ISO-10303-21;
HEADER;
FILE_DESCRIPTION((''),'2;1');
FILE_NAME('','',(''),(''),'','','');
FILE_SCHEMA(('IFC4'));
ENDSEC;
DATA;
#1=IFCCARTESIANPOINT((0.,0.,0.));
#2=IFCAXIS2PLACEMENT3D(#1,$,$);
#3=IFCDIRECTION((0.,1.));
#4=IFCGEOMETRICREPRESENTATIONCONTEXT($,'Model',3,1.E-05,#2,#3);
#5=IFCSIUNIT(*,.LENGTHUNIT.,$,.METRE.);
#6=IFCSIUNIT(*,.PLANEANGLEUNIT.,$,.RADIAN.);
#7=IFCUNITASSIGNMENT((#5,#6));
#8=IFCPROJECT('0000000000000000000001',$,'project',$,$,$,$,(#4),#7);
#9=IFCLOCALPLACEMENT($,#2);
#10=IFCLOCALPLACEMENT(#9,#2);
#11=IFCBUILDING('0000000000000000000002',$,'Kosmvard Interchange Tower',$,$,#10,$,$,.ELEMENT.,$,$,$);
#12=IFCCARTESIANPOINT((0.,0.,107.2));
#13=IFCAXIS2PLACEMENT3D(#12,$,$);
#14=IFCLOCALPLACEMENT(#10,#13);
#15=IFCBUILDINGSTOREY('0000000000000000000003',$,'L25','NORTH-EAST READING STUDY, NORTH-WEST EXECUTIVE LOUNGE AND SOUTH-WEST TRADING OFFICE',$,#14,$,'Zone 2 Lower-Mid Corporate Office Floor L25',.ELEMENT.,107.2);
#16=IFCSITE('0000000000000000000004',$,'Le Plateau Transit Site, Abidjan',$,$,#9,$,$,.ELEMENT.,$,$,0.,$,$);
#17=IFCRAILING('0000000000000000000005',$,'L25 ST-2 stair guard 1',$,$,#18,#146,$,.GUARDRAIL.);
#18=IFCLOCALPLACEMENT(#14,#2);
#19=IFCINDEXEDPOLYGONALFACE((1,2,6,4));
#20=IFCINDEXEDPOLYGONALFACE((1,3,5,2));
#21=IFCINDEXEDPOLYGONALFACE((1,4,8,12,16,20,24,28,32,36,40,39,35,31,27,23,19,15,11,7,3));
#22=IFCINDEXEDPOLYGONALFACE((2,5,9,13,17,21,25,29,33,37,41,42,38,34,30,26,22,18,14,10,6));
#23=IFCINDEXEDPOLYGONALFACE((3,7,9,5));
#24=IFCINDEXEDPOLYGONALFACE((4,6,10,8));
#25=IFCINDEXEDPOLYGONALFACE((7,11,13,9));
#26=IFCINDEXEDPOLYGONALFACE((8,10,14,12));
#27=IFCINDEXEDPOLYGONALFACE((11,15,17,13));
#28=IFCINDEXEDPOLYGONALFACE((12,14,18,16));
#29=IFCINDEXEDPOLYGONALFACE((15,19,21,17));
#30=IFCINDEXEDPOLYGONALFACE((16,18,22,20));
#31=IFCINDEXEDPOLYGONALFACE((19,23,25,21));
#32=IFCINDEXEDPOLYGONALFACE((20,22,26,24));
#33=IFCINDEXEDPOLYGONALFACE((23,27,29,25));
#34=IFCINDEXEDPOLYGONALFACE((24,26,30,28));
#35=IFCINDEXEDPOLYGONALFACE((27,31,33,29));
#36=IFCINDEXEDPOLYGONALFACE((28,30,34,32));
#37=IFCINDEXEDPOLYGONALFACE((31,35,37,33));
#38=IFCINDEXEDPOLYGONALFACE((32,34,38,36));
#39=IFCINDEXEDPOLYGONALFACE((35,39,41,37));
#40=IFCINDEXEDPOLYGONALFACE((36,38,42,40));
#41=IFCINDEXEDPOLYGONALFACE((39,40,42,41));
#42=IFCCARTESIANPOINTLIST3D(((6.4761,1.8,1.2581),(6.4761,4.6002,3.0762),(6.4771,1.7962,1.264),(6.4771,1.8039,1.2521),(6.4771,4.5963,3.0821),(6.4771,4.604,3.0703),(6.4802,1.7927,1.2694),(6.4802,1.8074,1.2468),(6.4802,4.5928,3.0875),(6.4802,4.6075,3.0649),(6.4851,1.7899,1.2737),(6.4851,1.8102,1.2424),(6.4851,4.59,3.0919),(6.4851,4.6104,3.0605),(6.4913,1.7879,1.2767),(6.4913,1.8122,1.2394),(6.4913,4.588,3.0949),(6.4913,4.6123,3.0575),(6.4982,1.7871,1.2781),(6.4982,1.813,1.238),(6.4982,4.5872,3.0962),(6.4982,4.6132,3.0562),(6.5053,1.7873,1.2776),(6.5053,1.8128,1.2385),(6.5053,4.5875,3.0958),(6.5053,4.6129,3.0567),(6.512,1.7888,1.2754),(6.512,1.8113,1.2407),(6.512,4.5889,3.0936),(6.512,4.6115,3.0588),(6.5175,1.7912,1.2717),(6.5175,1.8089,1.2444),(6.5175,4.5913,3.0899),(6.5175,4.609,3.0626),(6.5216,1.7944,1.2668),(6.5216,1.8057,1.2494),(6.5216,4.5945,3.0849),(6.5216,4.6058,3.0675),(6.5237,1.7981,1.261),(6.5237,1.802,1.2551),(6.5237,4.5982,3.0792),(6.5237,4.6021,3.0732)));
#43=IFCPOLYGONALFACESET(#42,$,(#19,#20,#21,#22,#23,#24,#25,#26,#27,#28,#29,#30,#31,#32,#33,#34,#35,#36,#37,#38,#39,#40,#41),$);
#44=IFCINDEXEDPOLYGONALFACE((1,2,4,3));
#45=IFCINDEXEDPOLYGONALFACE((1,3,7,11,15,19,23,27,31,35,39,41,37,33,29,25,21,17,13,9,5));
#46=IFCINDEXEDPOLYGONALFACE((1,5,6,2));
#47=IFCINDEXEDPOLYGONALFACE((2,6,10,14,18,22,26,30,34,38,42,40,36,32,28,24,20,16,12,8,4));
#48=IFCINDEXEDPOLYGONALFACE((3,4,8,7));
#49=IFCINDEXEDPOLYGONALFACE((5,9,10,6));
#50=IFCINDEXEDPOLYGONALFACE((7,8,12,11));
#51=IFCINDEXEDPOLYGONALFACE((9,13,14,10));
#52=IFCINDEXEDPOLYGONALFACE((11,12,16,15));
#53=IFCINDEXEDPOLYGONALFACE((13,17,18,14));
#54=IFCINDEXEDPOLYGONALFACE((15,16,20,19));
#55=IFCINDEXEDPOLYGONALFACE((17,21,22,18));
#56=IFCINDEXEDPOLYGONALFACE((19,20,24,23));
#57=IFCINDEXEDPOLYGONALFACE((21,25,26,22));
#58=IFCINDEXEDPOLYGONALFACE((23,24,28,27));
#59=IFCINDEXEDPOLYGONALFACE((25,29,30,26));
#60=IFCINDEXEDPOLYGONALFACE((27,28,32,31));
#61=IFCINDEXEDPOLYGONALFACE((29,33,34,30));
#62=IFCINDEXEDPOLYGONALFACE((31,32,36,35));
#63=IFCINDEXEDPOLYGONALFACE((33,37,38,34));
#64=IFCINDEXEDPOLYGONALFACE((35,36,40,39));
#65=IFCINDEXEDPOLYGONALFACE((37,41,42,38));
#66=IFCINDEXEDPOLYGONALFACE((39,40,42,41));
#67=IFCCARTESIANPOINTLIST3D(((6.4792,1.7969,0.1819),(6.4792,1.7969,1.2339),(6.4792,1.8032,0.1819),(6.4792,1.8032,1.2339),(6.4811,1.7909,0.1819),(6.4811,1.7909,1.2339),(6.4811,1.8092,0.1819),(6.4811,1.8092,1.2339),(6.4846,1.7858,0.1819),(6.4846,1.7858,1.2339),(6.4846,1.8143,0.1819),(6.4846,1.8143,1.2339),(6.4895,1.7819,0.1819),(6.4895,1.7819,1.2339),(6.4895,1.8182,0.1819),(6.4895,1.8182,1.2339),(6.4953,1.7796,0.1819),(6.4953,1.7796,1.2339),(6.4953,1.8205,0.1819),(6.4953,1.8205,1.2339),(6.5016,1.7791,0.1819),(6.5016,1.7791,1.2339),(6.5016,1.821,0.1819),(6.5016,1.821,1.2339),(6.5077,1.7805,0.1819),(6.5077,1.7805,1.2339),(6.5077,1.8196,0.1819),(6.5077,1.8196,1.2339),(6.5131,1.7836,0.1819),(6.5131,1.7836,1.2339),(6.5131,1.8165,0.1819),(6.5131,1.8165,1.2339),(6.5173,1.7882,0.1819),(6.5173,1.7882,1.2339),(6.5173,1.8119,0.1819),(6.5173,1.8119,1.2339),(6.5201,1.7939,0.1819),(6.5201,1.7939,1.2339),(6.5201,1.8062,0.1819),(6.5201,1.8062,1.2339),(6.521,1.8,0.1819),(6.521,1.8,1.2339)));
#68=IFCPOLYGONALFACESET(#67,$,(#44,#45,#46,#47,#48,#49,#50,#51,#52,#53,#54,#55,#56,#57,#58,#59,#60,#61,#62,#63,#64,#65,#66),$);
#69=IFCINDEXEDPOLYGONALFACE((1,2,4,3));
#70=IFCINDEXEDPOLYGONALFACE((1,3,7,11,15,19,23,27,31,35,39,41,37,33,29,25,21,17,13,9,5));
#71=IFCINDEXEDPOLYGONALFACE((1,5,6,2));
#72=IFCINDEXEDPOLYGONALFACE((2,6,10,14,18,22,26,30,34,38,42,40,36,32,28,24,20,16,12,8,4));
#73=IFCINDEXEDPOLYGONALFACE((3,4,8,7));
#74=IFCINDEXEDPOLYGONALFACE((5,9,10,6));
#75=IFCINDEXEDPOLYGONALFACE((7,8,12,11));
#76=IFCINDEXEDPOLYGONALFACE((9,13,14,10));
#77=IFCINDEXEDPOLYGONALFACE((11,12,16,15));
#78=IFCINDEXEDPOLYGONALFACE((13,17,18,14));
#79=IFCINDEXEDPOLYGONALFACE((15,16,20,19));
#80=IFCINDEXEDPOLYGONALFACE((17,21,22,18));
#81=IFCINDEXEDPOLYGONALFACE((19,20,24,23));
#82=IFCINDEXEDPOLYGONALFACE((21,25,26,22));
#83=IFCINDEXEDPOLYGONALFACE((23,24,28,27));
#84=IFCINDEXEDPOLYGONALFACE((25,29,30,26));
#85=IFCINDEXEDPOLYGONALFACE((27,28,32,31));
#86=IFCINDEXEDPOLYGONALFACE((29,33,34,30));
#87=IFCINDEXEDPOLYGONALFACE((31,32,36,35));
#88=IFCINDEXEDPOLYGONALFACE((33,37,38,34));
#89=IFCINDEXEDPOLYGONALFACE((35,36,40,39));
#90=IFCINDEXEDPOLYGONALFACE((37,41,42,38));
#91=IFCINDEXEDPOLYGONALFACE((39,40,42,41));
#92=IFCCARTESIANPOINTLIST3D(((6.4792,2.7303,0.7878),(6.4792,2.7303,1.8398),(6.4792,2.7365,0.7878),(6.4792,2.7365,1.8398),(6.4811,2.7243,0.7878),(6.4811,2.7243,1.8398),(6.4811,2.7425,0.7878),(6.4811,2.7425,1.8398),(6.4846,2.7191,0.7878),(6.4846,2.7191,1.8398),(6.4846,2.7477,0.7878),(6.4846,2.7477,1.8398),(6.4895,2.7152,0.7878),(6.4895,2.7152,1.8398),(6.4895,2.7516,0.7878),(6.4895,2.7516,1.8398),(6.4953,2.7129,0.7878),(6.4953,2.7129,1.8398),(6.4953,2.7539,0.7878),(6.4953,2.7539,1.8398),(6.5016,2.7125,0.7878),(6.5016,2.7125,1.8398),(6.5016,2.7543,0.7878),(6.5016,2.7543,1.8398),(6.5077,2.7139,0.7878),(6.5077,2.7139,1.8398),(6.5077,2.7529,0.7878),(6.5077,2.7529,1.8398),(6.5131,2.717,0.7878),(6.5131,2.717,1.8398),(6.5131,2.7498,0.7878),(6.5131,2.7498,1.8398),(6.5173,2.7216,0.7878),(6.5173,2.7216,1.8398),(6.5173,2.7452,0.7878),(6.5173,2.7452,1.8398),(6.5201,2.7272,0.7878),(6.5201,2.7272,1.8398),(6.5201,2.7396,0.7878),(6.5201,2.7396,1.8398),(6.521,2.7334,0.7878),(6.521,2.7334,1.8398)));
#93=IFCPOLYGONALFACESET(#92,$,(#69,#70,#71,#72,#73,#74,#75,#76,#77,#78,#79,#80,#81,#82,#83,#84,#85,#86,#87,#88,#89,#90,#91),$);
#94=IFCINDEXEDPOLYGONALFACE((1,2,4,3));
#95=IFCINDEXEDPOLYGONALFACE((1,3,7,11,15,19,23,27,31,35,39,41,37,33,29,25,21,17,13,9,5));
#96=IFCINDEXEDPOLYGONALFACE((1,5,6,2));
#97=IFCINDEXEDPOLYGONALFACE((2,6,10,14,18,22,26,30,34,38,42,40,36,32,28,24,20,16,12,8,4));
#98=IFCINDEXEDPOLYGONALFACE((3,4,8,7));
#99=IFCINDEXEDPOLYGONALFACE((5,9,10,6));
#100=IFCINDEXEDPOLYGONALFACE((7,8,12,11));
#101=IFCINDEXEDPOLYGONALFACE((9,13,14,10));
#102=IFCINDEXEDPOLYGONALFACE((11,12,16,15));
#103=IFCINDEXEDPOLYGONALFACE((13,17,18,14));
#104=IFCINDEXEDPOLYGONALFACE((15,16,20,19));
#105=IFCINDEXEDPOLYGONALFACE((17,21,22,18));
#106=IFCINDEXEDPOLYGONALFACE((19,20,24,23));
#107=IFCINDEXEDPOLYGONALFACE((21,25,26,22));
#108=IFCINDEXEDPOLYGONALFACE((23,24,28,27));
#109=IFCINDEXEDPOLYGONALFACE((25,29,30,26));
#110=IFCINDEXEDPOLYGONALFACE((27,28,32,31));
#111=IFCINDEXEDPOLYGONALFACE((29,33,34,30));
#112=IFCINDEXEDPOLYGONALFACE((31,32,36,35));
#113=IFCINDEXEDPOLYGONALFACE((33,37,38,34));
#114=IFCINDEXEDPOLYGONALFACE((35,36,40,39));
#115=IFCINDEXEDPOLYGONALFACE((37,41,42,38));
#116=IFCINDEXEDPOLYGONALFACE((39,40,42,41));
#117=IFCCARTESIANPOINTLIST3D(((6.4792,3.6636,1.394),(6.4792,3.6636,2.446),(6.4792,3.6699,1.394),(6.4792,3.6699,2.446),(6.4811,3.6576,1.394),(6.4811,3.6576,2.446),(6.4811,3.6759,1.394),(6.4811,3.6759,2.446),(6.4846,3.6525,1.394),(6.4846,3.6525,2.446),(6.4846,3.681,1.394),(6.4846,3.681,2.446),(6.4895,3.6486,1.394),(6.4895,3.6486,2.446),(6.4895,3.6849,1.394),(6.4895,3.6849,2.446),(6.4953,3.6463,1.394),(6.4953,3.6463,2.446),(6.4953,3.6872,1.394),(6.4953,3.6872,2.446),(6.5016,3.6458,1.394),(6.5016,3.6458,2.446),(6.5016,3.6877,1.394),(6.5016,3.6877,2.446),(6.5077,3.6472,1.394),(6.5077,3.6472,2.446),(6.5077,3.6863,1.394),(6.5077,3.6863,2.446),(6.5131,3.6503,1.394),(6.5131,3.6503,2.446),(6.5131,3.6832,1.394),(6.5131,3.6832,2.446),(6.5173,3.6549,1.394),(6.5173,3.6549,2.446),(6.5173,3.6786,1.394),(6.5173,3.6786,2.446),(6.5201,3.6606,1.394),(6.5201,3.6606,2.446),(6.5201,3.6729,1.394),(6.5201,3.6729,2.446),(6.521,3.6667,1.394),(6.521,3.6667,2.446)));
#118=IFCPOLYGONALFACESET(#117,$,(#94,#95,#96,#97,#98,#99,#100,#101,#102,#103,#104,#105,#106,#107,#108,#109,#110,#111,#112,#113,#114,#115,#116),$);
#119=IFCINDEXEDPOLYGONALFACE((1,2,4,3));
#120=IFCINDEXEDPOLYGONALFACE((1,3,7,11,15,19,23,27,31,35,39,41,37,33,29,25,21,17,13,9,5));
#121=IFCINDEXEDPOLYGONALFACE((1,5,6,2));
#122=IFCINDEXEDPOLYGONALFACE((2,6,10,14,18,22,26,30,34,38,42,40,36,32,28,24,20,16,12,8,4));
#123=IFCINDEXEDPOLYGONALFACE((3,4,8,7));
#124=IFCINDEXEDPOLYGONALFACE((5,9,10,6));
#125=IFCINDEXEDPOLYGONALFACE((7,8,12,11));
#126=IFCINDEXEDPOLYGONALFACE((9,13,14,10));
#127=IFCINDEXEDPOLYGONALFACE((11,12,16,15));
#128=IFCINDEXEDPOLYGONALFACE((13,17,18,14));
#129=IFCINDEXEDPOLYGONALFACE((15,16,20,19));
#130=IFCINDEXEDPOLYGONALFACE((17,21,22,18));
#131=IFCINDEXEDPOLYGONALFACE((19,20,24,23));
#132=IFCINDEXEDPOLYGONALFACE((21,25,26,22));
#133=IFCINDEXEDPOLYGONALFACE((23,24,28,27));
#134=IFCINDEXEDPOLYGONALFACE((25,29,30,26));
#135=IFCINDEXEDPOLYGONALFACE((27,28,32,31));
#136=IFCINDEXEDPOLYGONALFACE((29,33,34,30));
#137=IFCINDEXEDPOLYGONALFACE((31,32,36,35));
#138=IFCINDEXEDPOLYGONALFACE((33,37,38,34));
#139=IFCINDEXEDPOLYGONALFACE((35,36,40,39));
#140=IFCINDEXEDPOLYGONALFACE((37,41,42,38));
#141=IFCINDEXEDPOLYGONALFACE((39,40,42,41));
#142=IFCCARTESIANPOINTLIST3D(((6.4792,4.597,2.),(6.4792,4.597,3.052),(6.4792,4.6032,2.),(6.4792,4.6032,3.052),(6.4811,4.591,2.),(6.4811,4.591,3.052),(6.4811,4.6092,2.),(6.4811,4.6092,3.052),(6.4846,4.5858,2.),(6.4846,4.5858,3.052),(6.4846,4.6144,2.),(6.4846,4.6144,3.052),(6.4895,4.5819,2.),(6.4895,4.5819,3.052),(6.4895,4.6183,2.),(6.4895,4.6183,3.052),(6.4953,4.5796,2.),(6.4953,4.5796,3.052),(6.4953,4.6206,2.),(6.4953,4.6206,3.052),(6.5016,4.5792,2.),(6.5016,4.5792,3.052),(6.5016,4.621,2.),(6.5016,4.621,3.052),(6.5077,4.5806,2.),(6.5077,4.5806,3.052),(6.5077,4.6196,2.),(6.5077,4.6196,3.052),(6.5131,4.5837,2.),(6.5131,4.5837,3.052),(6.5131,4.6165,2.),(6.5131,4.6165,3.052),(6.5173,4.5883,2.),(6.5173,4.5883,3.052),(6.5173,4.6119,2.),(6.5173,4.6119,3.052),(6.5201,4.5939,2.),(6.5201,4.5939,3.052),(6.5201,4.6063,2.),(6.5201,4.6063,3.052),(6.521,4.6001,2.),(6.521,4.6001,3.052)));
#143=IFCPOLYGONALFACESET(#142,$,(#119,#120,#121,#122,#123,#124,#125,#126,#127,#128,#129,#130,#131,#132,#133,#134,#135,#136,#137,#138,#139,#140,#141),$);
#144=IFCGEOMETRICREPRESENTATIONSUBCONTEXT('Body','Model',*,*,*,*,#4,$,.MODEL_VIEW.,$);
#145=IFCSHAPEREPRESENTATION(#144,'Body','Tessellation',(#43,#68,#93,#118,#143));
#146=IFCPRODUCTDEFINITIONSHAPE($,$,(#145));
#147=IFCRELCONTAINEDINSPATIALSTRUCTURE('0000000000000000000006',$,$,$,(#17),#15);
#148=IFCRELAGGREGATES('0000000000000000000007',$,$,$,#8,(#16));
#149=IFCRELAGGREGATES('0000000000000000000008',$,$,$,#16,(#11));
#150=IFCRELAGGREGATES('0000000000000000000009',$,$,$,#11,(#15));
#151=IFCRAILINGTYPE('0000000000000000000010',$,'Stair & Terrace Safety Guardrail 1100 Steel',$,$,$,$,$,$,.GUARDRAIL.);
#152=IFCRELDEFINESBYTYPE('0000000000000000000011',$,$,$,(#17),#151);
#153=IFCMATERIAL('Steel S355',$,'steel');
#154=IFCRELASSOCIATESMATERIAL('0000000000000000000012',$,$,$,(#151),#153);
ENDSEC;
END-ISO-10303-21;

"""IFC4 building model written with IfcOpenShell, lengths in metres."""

from ifc_helpers import new_model, si_unit, direction, frame, origin, origin_2d, place, context, subcontext, project, spatial, circle, extrude, source, transform, mapped, material, type_object, element, save


model = new_model("IFC4")

# Units and contexts
model_context = context("Model", 3, precision=1e-05, world=origin(), true_north=direction((0.0, 1.0)))
body_context = subcontext(model_context, "Body", "Model", "MODEL_VIEW")
ifc_project = project(units=[si_unit("LENGTHUNIT", "METRE"), si_unit("PLANEANGLEUNIT", "RADIAN")], contexts=[model_context])

# Site, building, storey
site_placement = place(None, origin())
site = spatial("IfcSite", under=ifc_project, at=site_placement, Name="Le Plateau Transit Site, Abidjan", CompositionType="ELEMENT", RefElevation=0.0)
building_placement = place(site_placement, origin())
building = spatial("IfcBuilding", under=site, at=building_placement, Name="Kosmvard Interchange Tower", CompositionType="ELEMENT")
storey_placement = place(building_placement, frame((0.0, 0.0, 107.2)))
storey = spatial("IfcBuildingStorey", under=building, at=storey_placement, Name="L25", Description="NORTH-EAST READING STUDY, NORTH-WEST EXECUTIVE LOUNGE AND SOUTH-WEST TRADING OFFICE", LongName="Zone 2 Lower-Mid Corporate Office Floor L25", CompositionType="ELEMENT", Elevation=107.2)

# Shared definitions
ifc_material_1 = material(Name="Steel S355", Category="steel")

# Railing
railing_type_1 = type_object("IfcRailingType", Name="Stair & Terrace Safety Guardrail 1100 Steel", PredefinedType="GUARDRAIL", material=ifc_material_1)
shared_shape_1 = source(origin(), body_context, "Body", "SweptSolid", [
    extrude(circle(Radius=0.0239, at=origin_2d()), frame((0.0, 0.0, 1.0762), z_axis=(0.0, 0.838706, 0.544585), x_axis=(-1.0, 0.0, 0.0)), (0.0, 0.0, 1.0), 3.3386),
    extrude(circle(Radius=0.021, at=origin_2d()), origin(), (0.0, 0.0, 1.0), 1.052),
    extrude(circle(Radius=0.021, at=origin_2d()), frame((0.0, 0.9333, 0.606)), (0.0, 0.0, 1.0), 1.052),
    extrude(circle(Radius=0.021, at=origin_2d()), frame((0.0, 1.8667, 1.2122)), (0.0, 0.0, 1.0), 1.052),
    extrude(circle(Radius=0.021, at=origin_2d()), frame((0.0, 2.8, 1.8181)), (0.0, 0.0, 1.0), 1.052),
])
railing_1_placement = place(storey_placement, frame((6.5, 1.8, 0.1819)))
element("IfcRailing", 1, at=railing_1_placement, inside=storey, type_object=railing_type_1, Name="L25 ST-2 stair guard 1", PredefinedType="GUARDRAIL", context=body_context, shape_type="MappedRepresentation", body=[
    mapped(shared_shape_1, transform((0.0, 0.0, 0.0), scale=1.0)),
])

save(model, "model.ifc")
